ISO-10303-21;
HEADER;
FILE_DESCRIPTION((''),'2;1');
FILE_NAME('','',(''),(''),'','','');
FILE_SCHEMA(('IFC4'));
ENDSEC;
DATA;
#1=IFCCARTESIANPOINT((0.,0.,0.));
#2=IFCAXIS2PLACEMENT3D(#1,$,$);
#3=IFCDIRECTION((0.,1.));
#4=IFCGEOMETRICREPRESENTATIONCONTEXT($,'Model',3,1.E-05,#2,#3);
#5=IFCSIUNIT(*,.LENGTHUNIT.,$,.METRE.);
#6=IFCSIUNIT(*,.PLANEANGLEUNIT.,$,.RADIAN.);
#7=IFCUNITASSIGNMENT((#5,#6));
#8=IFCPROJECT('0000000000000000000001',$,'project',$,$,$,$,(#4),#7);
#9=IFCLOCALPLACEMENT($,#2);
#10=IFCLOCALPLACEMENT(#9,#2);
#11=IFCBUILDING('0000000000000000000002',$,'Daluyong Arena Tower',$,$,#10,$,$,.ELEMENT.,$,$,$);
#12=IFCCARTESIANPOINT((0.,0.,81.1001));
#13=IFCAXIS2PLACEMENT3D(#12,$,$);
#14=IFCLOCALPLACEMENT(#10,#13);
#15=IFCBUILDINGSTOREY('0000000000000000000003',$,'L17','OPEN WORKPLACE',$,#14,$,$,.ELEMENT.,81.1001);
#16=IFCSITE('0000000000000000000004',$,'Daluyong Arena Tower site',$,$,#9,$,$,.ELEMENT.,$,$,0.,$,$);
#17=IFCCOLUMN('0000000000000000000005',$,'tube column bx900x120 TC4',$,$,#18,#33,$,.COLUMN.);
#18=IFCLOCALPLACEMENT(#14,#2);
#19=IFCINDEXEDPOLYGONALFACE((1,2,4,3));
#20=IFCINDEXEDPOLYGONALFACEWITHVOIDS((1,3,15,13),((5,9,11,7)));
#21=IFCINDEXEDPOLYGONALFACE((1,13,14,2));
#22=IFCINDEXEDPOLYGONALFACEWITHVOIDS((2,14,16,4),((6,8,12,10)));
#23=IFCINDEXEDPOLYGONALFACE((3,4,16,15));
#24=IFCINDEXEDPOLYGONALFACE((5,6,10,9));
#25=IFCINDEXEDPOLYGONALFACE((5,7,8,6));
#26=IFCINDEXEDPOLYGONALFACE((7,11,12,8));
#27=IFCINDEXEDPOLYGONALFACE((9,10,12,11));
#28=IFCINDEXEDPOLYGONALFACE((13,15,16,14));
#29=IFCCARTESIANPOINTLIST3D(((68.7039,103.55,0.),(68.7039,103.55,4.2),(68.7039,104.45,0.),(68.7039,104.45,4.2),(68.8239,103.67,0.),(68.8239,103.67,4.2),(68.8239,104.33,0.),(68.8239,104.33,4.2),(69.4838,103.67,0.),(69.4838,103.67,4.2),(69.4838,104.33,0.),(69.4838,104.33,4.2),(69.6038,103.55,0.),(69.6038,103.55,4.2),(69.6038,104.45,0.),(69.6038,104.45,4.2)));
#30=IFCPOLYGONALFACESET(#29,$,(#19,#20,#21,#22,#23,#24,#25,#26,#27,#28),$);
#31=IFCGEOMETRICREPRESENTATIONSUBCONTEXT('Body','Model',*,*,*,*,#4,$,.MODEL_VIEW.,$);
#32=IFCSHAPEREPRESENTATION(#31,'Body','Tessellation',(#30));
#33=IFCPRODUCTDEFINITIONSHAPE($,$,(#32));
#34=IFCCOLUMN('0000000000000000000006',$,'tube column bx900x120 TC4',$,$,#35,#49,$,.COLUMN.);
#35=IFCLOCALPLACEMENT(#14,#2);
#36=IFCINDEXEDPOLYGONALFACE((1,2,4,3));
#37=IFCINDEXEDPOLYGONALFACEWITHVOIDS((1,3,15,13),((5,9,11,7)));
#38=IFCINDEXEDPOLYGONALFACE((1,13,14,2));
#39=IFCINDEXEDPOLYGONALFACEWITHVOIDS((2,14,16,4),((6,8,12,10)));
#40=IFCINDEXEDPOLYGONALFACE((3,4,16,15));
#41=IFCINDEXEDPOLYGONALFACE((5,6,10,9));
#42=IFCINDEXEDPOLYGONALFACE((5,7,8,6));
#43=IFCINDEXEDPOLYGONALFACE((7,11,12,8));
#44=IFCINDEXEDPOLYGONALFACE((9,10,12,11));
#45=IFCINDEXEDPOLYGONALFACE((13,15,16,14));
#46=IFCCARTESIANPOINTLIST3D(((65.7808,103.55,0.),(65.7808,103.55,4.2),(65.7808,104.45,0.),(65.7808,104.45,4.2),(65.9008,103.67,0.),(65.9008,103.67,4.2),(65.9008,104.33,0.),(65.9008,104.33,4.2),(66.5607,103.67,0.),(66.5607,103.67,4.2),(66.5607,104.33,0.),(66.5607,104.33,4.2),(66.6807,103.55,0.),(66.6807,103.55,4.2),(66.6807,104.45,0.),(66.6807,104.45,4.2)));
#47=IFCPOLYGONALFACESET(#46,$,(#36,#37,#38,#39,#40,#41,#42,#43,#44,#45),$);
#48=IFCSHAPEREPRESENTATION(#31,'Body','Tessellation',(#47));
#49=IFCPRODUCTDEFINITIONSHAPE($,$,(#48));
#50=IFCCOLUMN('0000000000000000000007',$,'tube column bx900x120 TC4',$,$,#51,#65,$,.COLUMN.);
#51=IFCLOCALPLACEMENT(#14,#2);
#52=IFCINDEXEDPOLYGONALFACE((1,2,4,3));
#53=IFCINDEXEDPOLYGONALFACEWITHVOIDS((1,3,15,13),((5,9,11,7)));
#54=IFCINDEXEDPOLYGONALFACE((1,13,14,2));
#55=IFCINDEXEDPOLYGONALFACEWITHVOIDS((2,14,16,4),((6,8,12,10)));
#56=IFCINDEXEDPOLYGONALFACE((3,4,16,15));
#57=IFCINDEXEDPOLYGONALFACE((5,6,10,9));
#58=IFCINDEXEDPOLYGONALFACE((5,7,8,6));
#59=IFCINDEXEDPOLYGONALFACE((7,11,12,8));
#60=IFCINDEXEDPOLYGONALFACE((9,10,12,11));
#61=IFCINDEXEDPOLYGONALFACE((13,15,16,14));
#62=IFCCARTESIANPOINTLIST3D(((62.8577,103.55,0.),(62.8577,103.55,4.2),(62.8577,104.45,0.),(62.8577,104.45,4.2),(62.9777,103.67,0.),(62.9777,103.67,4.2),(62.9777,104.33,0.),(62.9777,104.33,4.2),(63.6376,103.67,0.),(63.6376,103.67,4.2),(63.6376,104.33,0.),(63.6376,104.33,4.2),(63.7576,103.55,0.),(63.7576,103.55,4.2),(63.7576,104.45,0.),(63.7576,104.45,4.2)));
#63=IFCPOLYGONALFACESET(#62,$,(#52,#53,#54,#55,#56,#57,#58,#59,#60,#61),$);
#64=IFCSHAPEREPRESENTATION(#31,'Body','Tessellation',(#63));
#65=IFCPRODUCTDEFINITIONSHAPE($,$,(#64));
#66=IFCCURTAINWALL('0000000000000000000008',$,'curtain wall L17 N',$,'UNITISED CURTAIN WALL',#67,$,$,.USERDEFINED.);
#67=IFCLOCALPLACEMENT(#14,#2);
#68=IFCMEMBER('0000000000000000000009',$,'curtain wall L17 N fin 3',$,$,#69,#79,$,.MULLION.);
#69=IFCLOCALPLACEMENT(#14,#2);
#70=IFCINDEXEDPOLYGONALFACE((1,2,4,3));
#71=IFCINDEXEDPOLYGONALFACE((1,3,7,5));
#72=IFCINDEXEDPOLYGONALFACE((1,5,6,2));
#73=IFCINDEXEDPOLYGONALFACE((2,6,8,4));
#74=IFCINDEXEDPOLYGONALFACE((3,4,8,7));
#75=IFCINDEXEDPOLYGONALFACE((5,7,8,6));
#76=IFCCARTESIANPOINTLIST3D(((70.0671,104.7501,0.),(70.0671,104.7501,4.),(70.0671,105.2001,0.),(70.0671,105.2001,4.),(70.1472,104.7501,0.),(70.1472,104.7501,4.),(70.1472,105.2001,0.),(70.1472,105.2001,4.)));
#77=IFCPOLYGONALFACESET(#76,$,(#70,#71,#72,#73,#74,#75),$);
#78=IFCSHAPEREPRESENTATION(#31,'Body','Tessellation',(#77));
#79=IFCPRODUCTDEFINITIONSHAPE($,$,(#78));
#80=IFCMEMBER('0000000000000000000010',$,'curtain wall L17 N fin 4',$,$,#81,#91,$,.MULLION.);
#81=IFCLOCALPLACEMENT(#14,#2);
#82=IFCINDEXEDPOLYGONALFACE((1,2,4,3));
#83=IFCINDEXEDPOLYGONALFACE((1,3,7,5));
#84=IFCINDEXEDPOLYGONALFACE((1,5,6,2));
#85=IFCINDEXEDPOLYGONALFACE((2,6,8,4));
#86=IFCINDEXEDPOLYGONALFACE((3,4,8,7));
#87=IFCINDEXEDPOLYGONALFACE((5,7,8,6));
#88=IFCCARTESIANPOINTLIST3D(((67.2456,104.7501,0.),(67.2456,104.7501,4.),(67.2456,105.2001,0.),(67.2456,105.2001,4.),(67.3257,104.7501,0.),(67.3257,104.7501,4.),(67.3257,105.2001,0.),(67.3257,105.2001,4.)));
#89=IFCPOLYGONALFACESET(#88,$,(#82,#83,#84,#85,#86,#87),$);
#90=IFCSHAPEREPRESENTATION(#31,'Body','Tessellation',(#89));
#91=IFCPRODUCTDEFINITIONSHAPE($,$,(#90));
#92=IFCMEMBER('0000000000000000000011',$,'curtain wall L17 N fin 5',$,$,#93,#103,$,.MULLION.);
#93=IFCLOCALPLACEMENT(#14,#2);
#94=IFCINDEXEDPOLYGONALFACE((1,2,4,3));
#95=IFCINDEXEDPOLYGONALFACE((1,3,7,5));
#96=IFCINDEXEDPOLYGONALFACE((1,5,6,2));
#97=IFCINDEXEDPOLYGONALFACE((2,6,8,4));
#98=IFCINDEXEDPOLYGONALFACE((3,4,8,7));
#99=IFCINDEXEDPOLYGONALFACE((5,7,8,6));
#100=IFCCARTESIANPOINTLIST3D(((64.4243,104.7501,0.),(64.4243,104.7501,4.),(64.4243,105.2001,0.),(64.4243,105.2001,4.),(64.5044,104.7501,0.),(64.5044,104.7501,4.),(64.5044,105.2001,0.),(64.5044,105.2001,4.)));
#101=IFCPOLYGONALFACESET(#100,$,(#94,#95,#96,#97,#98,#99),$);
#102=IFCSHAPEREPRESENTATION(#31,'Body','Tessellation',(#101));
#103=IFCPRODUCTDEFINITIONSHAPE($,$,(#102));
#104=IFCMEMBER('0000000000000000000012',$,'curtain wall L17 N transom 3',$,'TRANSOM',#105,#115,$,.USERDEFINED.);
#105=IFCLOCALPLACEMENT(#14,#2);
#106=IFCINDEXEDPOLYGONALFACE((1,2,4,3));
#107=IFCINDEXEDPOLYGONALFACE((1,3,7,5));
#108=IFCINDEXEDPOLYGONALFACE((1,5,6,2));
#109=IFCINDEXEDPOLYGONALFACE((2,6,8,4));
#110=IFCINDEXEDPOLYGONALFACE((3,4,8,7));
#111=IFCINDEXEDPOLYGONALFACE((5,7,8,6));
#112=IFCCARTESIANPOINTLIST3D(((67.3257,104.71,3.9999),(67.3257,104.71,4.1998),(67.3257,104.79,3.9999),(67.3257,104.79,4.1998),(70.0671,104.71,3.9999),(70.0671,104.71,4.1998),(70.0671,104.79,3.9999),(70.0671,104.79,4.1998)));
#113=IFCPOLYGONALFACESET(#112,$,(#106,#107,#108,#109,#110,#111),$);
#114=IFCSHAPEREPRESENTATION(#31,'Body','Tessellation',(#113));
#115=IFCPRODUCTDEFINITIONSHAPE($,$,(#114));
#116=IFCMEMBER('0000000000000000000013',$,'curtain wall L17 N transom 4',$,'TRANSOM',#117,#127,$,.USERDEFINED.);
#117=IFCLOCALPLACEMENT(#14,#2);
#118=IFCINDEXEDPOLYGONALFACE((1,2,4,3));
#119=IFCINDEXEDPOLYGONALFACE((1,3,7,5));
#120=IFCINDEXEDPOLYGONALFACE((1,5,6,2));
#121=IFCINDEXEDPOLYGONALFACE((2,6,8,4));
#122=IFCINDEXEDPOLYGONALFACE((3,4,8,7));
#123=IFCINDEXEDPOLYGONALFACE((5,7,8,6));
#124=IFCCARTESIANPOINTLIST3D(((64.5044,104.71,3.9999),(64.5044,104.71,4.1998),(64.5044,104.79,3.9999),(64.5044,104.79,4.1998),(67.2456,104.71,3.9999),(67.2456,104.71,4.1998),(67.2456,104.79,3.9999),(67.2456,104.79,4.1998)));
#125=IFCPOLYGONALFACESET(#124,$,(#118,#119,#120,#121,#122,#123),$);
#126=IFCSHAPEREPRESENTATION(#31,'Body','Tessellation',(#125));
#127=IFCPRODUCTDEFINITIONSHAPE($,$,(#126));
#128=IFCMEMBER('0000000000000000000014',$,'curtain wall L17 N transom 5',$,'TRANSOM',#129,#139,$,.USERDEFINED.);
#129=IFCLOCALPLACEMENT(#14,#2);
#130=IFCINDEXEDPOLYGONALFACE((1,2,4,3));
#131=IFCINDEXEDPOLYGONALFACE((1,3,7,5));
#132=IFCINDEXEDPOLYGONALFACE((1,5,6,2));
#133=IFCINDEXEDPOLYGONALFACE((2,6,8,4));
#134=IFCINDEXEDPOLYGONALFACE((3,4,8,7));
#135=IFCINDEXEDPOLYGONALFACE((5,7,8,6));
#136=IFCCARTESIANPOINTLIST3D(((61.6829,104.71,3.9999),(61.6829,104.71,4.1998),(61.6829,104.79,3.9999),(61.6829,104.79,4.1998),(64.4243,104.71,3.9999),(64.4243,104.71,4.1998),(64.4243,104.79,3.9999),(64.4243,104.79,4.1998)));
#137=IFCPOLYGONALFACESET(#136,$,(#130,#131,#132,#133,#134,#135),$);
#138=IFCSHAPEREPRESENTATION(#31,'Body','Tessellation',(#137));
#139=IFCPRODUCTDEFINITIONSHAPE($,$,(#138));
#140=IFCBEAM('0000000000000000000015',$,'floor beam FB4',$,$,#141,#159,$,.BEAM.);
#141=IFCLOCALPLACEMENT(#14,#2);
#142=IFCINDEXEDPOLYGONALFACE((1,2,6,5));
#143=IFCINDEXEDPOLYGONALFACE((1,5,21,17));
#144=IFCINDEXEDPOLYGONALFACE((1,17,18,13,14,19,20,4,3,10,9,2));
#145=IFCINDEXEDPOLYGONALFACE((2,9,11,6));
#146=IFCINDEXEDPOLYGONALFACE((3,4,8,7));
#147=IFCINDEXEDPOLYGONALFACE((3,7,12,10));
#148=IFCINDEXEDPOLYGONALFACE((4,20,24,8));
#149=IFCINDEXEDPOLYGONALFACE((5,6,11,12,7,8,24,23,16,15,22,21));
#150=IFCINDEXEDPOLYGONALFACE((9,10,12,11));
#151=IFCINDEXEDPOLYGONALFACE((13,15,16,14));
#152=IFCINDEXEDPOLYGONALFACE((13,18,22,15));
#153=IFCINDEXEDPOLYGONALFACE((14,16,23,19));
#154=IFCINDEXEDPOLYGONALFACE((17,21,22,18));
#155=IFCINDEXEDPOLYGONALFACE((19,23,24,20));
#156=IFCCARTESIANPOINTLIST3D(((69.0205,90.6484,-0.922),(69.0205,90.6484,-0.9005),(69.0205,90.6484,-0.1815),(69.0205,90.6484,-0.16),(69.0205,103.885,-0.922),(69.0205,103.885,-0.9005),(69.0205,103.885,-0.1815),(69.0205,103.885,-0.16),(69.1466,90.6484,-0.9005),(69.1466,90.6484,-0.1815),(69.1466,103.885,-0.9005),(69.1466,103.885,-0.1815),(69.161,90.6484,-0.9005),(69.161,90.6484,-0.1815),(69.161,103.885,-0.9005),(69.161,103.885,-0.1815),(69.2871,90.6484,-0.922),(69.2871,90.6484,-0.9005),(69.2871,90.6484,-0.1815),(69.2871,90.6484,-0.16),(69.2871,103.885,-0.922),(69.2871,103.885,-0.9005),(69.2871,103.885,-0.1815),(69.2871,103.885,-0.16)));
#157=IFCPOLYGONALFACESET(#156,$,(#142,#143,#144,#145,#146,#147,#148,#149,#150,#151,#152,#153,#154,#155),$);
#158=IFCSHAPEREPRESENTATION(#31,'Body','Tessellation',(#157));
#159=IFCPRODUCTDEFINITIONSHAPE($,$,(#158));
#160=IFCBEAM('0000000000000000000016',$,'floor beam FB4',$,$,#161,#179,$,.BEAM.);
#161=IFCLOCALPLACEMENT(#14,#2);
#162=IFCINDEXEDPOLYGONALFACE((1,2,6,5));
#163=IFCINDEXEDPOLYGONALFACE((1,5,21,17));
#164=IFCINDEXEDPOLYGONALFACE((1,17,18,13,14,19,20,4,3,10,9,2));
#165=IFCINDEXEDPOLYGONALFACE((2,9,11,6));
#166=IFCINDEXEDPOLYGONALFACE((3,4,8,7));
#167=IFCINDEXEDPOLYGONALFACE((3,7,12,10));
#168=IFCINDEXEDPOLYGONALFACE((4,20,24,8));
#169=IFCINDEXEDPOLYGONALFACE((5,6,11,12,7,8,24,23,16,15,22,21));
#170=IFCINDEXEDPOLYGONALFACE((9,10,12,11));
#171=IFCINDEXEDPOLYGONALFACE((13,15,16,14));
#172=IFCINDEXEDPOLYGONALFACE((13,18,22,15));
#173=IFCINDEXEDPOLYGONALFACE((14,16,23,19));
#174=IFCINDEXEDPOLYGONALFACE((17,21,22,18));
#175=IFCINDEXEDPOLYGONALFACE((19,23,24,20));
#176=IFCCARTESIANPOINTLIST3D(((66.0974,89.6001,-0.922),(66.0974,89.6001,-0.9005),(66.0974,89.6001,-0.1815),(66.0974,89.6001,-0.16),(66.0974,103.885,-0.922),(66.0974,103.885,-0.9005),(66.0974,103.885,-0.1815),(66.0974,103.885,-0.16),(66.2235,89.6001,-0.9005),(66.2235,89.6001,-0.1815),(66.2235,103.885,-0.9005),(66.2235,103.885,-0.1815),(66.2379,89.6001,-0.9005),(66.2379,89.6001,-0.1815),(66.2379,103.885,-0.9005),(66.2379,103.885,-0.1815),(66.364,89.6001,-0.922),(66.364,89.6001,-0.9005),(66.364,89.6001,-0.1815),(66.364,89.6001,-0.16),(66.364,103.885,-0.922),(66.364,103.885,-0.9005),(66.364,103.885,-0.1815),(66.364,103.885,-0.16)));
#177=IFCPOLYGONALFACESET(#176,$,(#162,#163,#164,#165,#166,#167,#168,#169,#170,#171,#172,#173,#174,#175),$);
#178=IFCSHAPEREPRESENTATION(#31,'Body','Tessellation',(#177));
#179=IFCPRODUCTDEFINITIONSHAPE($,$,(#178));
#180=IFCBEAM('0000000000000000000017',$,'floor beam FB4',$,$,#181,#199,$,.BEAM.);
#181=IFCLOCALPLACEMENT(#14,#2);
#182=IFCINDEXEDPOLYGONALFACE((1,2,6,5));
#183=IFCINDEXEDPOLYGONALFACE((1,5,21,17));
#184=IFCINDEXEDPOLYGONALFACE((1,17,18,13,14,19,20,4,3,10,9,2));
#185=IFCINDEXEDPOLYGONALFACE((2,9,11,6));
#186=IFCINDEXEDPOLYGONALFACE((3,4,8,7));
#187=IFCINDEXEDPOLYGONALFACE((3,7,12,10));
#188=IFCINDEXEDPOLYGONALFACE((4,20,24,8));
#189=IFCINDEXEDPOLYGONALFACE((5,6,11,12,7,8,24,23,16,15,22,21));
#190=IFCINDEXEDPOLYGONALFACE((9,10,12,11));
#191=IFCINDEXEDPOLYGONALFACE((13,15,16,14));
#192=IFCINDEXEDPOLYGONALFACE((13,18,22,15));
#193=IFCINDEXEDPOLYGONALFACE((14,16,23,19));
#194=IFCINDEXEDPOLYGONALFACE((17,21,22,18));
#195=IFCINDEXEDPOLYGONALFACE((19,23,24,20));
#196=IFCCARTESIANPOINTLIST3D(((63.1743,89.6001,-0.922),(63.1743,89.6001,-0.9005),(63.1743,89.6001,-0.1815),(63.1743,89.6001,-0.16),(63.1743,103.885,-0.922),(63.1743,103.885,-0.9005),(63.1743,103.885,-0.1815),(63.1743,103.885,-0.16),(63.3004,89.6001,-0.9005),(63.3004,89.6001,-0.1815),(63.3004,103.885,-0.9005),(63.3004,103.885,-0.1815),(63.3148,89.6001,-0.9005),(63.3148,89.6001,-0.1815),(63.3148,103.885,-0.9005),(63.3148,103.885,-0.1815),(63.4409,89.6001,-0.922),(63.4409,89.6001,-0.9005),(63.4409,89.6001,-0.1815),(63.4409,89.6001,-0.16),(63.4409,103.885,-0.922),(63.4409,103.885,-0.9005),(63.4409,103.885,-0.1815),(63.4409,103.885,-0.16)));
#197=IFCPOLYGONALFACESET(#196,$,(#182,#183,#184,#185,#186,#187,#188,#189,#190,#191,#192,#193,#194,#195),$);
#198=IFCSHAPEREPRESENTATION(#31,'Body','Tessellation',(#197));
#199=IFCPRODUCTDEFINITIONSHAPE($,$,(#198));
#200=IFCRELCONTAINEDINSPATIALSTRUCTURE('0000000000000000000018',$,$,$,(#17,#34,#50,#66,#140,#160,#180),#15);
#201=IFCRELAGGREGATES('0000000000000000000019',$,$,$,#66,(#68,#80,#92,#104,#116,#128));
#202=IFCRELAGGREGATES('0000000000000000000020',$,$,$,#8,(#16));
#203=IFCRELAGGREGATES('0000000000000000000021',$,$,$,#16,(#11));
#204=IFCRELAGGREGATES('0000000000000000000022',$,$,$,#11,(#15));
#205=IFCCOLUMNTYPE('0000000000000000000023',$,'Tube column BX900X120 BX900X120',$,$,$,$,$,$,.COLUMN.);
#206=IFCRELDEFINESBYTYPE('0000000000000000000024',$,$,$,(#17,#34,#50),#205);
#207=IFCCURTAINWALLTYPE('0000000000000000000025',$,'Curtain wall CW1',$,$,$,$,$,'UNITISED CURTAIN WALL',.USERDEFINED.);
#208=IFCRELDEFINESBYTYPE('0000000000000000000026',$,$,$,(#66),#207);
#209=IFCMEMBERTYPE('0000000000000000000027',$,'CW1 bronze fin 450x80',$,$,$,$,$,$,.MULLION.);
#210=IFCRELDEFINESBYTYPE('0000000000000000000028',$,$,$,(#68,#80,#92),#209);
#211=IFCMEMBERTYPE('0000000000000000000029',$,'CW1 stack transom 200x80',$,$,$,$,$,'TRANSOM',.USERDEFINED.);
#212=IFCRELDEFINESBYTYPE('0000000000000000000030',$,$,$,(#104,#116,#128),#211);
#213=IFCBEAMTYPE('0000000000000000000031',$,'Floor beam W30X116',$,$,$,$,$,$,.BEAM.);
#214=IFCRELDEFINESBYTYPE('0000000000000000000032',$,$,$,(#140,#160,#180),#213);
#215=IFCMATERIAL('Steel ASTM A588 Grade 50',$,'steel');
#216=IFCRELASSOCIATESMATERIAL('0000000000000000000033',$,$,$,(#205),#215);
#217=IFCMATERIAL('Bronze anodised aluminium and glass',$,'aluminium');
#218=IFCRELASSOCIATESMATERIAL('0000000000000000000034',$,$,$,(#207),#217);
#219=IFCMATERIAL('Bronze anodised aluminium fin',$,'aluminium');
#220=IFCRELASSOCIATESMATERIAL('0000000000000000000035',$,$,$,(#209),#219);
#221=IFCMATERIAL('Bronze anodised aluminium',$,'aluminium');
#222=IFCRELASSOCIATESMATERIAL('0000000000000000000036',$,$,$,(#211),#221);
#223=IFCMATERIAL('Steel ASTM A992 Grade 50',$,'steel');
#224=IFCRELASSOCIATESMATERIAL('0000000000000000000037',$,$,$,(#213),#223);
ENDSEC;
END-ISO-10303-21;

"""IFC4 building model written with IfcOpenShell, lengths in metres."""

from ifc_helpers import new_model, si_unit, direction, frame, origin, origin_2d, place, context, subcontext, project, spatial, rectangle, hollow_rectangle, i_section, extrude, material, material_profile, profile_set, type_object, element, aggregate, save


model = new_model("IFC4")

# Units and contexts
model_context = context("Model", 3, precision=1e-05, world=origin(), true_north=direction((0.0, 1.0)))
body_context = subcontext(model_context, "Body", "Model", "MODEL_VIEW")
ifc_project = project(units=[si_unit("LENGTHUNIT", "METRE"), si_unit("PLANEANGLEUNIT", "RADIAN")], contexts=[model_context])

# Site, building, storey
site_placement = place(None, origin())
site = spatial("IfcSite", under=ifc_project, at=site_placement, Name="Daluyong Arena Tower site", CompositionType="ELEMENT", RefElevation=0.0)
building_placement = place(site_placement, origin())
building = spatial("IfcBuilding", under=site, at=building_placement, Name="Daluyong Arena Tower", CompositionType="ELEMENT")
storey_placement = place(building_placement, frame((0.0, 0.0, 81.1001)))
storey = spatial("IfcBuildingStorey", under=building, at=storey_placement, Name="L17", Description="OPEN WORKPLACE", CompositionType="ELEMENT", Elevation=81.1001)

# Columns
ifc_material_1 = material(Name="Steel ASTM A588 Grade 50", Category="steel")
ifc_material_profile_1 = material_profile(ifc_material_1, hollow_rectangle(XDim=0.8999, YDim=0.8999, WallThickness=0.12, at=origin_2d()))
ifc_profile_set_1 = profile_set([ifc_material_profile_1], Name="Steel ASTM A588 Grade 50")
column_type = type_object("IfcColumnType", Name="Tube column BX900X120 BX900X120", PredefinedType="COLUMN", material=ifc_profile_set_1)
for number, where, z_axis, x_axis, name in (
    (1, (69.1538, 104.0, 0.0), (0.0, 0.0, 1.0), (1.0, 0.0, 0.0), "tube column bx900x120 TC4"),
    (2, (66.2307, 104.0, 0.0), (0.0, 0.0, 1.0), (1.0, 0.0, 0.0), "tube column bx900x120 TC4"),
    (3, (63.3076, 104.0, 0.0), (0.0, 0.0, 1.0), (1.0, 0.0, 0.0), "tube column bx900x120 TC4"),
):
    element("IfcColumn", number, at=place(storey_placement, frame(where, z_axis=z_axis, x_axis=x_axis)), inside=storey, type_object=column_type, Name=name, PredefinedType="COLUMN", context=body_context, shape_type="SweptSolid", body=[
        extrude(hollow_rectangle(XDim=0.8999, YDim=0.8999, WallThickness=0.12, at=origin_2d()), origin(), (0.0, 0.0, 1.0), 4.2),
    ])

# Curtain wall, members
ifc_material_2 = material(Name="Bronze anodised aluminium and glass", Category="aluminium")
curtain_wall_type = type_object("IfcCurtainWallType", Name="Curtain wall CW1", ElementType="UNITISED CURTAIN WALL", PredefinedType="USERDEFINED", material=ifc_material_2)
curtain_wall_placement = place(storey_placement, origin())
curtain_wall = element("IfcCurtainWall", 4, at=curtain_wall_placement, inside=storey, type_object=curtain_wall_type, Name="curtain wall L17 N", ObjectType="UNITISED CURTAIN WALL", PredefinedType="USERDEFINED")
ifc_material_3 = material(Name="Bronze anodised aluminium fin", Category="aluminium")
ifc_material_profile_2 = material_profile(ifc_material_3, rectangle(XDim=0.45, YDim=0.0801, at=origin_2d()))
ifc_profile_set_2 = profile_set([ifc_material_profile_2], Name="Bronze anodised aluminium fin")
member_type_1 = type_object("IfcMemberType", Name="CW1 bronze fin 450x80", PredefinedType="MULLION", material=ifc_profile_set_2)
member_1_placement = place(storey_placement, frame((70.1072, 104.9751, 0.0), z_axis=(0.0, 0.0, 1.0), x_axis=(0.0, -1.0, 0.0)))
member_1 = element("IfcMember", 5, at=member_1_placement, type_object=member_type_1, Name="curtain wall L17 N fin 3", PredefinedType="MULLION", context=body_context, shape_type="SweptSolid", body=[
    extrude(rectangle(XDim=0.45, YDim=0.0801, at=origin_2d()), origin(), (0.0, 0.0, 1.0), 4.0),
])
member_2_placement = place(storey_placement, frame((67.2856, 104.9751, 0.0), z_axis=(0.0, 0.0, 1.0), x_axis=(0.0, -1.0, 0.0)))
member_2 = element("IfcMember", 6, at=member_2_placement, type_object=member_type_1, Name="curtain wall L17 N fin 4", PredefinedType="MULLION", context=body_context, shape_type="SweptSolid", body=[
    extrude(rectangle(XDim=0.45, YDim=0.0801, at=origin_2d()), origin(), (0.0, 0.0, 1.0), 4.0),
])
member_3_placement = place(storey_placement, frame((64.4644, 104.9751, 0.0), z_axis=(0.0, 0.0, 1.0), x_axis=(0.0, -1.0, 0.0)))
member_3 = element("IfcMember", 7, at=member_3_placement, type_object=member_type_1, Name="curtain wall L17 N fin 5", PredefinedType="MULLION", context=body_context, shape_type="SweptSolid", body=[
    extrude(rectangle(XDim=0.45, YDim=0.0801, at=origin_2d()), origin(), (0.0, 0.0, 1.0), 4.0),
])
ifc_material_4 = material(Name="Bronze anodised aluminium", Category="aluminium")
ifc_material_profile_3 = material_profile(ifc_material_4, rectangle(XDim=0.0801, YDim=0.2, at=origin_2d()))
ifc_profile_set_3 = profile_set([ifc_material_profile_3], Name="Bronze anodised aluminium")
member_type_2 = type_object("IfcMemberType", Name="CW1 stack transom 200x80", ElementType="TRANSOM", PredefinedType="USERDEFINED", material=ifc_profile_set_3)
member_4_placement = place(storey_placement, frame((70.0671, 104.75, 4.0999), z_axis=(-1.0, 0.0, 0.0), x_axis=(0.0, -1.0, 0.0)))
member_4 = element("IfcMember", 8, at=member_4_placement, type_object=member_type_2, Name="curtain wall L17 N transom 3", ObjectType="TRANSOM", PredefinedType="USERDEFINED", context=body_context, shape_type="SweptSolid", body=[
    extrude(rectangle(XDim=0.0801, YDim=0.2, at=origin_2d()), origin(), (0.0, 0.0, 1.0), 2.7415),
])
member_5_placement = place(storey_placement, frame((67.2456, 104.75, 4.0999), z_axis=(-1.0, 0.0, 0.0), x_axis=(0.0, -1.0, 0.0)))
member_5 = element("IfcMember", 9, at=member_5_placement, type_object=member_type_2, Name="curtain wall L17 N transom 4", ObjectType="TRANSOM", PredefinedType="USERDEFINED", context=body_context, shape_type="SweptSolid", body=[
    extrude(rectangle(XDim=0.0801, YDim=0.2, at=origin_2d()), origin(), (0.0, 0.0, 1.0), 2.7412),
])
member_6_placement = place(storey_placement, frame((64.4243, 104.75, 4.0999), z_axis=(-1.0, 0.0, 0.0), x_axis=(0.0, -1.0, 0.0)))
member_6 = element("IfcMember", 10, at=member_6_placement, type_object=member_type_2, Name="curtain wall L17 N transom 5", ObjectType="TRANSOM", PredefinedType="USERDEFINED", context=body_context, shape_type="SweptSolid", body=[
    extrude(rectangle(XDim=0.0801, YDim=0.2, at=origin_2d()), origin(), (0.0, 0.0, 1.0), 2.7415),
])

# Beams
ifc_material_5 = material(Name="Steel ASTM A992 Grade 50", Category="steel")
ifc_material_profile_4 = material_profile(ifc_material_5, i_section(OverallWidth=0.2666, OverallDepth=0.762, WebThickness=0.0144, FlangeThickness=0.0215, at=origin_2d()))
ifc_profile_set_4 = profile_set([ifc_material_profile_4], Name="Steel ASTM A992 Grade 50")
beam_type_1 = type_object("IfcBeamType", Name="Floor beam W30X116", PredefinedType="BEAM", material=ifc_profile_set_4)
beam_placement = place(storey_placement, frame((69.1538, 103.885, -0.541), z_axis=(0.0, -1.0, 0.0), x_axis=(1.0, 0.0, 0.0)))
element("IfcBeam", 11, at=beam_placement, inside=storey, type_object=beam_type_1, Name="floor beam FB4", PredefinedType="BEAM", context=body_context, shape_type="SweptSolid", body=[
    extrude(i_section(OverallWidth=0.2666, OverallDepth=0.762, WebThickness=0.0144, FlangeThickness=0.0215, at=origin_2d()), origin(), (0.0, 0.0, 1.0), 13.2366),
])
for number, where, z_axis, x_axis, name in (
    (12, (66.2307, 103.885, -0.541), (0.0, -1.0, 0.0), (1.0, 0.0, 0.0), "floor beam FB4"),
    (13, (63.3076, 103.885, -0.541), (0.0, -1.0, 0.0), (1.0, 0.0, 0.0), "floor beam FB4"),
):
    element("IfcBeam", number, at=place(storey_placement, frame(where, z_axis=z_axis, x_axis=x_axis)), inside=storey, type_object=beam_type_1, Name=name, PredefinedType="BEAM", context=body_context, shape_type="SweptSolid", body=[
        extrude(i_section(OverallWidth=0.2666, OverallDepth=0.762, WebThickness=0.0144, FlangeThickness=0.0215, at=origin_2d()), origin(), (0.0, 0.0, 1.0), 14.2849),
    ])

aggregate(curtain_wall, [member_1, member_2, member_3, member_4, member_5, member_6])

save(model, "model.ifc")
